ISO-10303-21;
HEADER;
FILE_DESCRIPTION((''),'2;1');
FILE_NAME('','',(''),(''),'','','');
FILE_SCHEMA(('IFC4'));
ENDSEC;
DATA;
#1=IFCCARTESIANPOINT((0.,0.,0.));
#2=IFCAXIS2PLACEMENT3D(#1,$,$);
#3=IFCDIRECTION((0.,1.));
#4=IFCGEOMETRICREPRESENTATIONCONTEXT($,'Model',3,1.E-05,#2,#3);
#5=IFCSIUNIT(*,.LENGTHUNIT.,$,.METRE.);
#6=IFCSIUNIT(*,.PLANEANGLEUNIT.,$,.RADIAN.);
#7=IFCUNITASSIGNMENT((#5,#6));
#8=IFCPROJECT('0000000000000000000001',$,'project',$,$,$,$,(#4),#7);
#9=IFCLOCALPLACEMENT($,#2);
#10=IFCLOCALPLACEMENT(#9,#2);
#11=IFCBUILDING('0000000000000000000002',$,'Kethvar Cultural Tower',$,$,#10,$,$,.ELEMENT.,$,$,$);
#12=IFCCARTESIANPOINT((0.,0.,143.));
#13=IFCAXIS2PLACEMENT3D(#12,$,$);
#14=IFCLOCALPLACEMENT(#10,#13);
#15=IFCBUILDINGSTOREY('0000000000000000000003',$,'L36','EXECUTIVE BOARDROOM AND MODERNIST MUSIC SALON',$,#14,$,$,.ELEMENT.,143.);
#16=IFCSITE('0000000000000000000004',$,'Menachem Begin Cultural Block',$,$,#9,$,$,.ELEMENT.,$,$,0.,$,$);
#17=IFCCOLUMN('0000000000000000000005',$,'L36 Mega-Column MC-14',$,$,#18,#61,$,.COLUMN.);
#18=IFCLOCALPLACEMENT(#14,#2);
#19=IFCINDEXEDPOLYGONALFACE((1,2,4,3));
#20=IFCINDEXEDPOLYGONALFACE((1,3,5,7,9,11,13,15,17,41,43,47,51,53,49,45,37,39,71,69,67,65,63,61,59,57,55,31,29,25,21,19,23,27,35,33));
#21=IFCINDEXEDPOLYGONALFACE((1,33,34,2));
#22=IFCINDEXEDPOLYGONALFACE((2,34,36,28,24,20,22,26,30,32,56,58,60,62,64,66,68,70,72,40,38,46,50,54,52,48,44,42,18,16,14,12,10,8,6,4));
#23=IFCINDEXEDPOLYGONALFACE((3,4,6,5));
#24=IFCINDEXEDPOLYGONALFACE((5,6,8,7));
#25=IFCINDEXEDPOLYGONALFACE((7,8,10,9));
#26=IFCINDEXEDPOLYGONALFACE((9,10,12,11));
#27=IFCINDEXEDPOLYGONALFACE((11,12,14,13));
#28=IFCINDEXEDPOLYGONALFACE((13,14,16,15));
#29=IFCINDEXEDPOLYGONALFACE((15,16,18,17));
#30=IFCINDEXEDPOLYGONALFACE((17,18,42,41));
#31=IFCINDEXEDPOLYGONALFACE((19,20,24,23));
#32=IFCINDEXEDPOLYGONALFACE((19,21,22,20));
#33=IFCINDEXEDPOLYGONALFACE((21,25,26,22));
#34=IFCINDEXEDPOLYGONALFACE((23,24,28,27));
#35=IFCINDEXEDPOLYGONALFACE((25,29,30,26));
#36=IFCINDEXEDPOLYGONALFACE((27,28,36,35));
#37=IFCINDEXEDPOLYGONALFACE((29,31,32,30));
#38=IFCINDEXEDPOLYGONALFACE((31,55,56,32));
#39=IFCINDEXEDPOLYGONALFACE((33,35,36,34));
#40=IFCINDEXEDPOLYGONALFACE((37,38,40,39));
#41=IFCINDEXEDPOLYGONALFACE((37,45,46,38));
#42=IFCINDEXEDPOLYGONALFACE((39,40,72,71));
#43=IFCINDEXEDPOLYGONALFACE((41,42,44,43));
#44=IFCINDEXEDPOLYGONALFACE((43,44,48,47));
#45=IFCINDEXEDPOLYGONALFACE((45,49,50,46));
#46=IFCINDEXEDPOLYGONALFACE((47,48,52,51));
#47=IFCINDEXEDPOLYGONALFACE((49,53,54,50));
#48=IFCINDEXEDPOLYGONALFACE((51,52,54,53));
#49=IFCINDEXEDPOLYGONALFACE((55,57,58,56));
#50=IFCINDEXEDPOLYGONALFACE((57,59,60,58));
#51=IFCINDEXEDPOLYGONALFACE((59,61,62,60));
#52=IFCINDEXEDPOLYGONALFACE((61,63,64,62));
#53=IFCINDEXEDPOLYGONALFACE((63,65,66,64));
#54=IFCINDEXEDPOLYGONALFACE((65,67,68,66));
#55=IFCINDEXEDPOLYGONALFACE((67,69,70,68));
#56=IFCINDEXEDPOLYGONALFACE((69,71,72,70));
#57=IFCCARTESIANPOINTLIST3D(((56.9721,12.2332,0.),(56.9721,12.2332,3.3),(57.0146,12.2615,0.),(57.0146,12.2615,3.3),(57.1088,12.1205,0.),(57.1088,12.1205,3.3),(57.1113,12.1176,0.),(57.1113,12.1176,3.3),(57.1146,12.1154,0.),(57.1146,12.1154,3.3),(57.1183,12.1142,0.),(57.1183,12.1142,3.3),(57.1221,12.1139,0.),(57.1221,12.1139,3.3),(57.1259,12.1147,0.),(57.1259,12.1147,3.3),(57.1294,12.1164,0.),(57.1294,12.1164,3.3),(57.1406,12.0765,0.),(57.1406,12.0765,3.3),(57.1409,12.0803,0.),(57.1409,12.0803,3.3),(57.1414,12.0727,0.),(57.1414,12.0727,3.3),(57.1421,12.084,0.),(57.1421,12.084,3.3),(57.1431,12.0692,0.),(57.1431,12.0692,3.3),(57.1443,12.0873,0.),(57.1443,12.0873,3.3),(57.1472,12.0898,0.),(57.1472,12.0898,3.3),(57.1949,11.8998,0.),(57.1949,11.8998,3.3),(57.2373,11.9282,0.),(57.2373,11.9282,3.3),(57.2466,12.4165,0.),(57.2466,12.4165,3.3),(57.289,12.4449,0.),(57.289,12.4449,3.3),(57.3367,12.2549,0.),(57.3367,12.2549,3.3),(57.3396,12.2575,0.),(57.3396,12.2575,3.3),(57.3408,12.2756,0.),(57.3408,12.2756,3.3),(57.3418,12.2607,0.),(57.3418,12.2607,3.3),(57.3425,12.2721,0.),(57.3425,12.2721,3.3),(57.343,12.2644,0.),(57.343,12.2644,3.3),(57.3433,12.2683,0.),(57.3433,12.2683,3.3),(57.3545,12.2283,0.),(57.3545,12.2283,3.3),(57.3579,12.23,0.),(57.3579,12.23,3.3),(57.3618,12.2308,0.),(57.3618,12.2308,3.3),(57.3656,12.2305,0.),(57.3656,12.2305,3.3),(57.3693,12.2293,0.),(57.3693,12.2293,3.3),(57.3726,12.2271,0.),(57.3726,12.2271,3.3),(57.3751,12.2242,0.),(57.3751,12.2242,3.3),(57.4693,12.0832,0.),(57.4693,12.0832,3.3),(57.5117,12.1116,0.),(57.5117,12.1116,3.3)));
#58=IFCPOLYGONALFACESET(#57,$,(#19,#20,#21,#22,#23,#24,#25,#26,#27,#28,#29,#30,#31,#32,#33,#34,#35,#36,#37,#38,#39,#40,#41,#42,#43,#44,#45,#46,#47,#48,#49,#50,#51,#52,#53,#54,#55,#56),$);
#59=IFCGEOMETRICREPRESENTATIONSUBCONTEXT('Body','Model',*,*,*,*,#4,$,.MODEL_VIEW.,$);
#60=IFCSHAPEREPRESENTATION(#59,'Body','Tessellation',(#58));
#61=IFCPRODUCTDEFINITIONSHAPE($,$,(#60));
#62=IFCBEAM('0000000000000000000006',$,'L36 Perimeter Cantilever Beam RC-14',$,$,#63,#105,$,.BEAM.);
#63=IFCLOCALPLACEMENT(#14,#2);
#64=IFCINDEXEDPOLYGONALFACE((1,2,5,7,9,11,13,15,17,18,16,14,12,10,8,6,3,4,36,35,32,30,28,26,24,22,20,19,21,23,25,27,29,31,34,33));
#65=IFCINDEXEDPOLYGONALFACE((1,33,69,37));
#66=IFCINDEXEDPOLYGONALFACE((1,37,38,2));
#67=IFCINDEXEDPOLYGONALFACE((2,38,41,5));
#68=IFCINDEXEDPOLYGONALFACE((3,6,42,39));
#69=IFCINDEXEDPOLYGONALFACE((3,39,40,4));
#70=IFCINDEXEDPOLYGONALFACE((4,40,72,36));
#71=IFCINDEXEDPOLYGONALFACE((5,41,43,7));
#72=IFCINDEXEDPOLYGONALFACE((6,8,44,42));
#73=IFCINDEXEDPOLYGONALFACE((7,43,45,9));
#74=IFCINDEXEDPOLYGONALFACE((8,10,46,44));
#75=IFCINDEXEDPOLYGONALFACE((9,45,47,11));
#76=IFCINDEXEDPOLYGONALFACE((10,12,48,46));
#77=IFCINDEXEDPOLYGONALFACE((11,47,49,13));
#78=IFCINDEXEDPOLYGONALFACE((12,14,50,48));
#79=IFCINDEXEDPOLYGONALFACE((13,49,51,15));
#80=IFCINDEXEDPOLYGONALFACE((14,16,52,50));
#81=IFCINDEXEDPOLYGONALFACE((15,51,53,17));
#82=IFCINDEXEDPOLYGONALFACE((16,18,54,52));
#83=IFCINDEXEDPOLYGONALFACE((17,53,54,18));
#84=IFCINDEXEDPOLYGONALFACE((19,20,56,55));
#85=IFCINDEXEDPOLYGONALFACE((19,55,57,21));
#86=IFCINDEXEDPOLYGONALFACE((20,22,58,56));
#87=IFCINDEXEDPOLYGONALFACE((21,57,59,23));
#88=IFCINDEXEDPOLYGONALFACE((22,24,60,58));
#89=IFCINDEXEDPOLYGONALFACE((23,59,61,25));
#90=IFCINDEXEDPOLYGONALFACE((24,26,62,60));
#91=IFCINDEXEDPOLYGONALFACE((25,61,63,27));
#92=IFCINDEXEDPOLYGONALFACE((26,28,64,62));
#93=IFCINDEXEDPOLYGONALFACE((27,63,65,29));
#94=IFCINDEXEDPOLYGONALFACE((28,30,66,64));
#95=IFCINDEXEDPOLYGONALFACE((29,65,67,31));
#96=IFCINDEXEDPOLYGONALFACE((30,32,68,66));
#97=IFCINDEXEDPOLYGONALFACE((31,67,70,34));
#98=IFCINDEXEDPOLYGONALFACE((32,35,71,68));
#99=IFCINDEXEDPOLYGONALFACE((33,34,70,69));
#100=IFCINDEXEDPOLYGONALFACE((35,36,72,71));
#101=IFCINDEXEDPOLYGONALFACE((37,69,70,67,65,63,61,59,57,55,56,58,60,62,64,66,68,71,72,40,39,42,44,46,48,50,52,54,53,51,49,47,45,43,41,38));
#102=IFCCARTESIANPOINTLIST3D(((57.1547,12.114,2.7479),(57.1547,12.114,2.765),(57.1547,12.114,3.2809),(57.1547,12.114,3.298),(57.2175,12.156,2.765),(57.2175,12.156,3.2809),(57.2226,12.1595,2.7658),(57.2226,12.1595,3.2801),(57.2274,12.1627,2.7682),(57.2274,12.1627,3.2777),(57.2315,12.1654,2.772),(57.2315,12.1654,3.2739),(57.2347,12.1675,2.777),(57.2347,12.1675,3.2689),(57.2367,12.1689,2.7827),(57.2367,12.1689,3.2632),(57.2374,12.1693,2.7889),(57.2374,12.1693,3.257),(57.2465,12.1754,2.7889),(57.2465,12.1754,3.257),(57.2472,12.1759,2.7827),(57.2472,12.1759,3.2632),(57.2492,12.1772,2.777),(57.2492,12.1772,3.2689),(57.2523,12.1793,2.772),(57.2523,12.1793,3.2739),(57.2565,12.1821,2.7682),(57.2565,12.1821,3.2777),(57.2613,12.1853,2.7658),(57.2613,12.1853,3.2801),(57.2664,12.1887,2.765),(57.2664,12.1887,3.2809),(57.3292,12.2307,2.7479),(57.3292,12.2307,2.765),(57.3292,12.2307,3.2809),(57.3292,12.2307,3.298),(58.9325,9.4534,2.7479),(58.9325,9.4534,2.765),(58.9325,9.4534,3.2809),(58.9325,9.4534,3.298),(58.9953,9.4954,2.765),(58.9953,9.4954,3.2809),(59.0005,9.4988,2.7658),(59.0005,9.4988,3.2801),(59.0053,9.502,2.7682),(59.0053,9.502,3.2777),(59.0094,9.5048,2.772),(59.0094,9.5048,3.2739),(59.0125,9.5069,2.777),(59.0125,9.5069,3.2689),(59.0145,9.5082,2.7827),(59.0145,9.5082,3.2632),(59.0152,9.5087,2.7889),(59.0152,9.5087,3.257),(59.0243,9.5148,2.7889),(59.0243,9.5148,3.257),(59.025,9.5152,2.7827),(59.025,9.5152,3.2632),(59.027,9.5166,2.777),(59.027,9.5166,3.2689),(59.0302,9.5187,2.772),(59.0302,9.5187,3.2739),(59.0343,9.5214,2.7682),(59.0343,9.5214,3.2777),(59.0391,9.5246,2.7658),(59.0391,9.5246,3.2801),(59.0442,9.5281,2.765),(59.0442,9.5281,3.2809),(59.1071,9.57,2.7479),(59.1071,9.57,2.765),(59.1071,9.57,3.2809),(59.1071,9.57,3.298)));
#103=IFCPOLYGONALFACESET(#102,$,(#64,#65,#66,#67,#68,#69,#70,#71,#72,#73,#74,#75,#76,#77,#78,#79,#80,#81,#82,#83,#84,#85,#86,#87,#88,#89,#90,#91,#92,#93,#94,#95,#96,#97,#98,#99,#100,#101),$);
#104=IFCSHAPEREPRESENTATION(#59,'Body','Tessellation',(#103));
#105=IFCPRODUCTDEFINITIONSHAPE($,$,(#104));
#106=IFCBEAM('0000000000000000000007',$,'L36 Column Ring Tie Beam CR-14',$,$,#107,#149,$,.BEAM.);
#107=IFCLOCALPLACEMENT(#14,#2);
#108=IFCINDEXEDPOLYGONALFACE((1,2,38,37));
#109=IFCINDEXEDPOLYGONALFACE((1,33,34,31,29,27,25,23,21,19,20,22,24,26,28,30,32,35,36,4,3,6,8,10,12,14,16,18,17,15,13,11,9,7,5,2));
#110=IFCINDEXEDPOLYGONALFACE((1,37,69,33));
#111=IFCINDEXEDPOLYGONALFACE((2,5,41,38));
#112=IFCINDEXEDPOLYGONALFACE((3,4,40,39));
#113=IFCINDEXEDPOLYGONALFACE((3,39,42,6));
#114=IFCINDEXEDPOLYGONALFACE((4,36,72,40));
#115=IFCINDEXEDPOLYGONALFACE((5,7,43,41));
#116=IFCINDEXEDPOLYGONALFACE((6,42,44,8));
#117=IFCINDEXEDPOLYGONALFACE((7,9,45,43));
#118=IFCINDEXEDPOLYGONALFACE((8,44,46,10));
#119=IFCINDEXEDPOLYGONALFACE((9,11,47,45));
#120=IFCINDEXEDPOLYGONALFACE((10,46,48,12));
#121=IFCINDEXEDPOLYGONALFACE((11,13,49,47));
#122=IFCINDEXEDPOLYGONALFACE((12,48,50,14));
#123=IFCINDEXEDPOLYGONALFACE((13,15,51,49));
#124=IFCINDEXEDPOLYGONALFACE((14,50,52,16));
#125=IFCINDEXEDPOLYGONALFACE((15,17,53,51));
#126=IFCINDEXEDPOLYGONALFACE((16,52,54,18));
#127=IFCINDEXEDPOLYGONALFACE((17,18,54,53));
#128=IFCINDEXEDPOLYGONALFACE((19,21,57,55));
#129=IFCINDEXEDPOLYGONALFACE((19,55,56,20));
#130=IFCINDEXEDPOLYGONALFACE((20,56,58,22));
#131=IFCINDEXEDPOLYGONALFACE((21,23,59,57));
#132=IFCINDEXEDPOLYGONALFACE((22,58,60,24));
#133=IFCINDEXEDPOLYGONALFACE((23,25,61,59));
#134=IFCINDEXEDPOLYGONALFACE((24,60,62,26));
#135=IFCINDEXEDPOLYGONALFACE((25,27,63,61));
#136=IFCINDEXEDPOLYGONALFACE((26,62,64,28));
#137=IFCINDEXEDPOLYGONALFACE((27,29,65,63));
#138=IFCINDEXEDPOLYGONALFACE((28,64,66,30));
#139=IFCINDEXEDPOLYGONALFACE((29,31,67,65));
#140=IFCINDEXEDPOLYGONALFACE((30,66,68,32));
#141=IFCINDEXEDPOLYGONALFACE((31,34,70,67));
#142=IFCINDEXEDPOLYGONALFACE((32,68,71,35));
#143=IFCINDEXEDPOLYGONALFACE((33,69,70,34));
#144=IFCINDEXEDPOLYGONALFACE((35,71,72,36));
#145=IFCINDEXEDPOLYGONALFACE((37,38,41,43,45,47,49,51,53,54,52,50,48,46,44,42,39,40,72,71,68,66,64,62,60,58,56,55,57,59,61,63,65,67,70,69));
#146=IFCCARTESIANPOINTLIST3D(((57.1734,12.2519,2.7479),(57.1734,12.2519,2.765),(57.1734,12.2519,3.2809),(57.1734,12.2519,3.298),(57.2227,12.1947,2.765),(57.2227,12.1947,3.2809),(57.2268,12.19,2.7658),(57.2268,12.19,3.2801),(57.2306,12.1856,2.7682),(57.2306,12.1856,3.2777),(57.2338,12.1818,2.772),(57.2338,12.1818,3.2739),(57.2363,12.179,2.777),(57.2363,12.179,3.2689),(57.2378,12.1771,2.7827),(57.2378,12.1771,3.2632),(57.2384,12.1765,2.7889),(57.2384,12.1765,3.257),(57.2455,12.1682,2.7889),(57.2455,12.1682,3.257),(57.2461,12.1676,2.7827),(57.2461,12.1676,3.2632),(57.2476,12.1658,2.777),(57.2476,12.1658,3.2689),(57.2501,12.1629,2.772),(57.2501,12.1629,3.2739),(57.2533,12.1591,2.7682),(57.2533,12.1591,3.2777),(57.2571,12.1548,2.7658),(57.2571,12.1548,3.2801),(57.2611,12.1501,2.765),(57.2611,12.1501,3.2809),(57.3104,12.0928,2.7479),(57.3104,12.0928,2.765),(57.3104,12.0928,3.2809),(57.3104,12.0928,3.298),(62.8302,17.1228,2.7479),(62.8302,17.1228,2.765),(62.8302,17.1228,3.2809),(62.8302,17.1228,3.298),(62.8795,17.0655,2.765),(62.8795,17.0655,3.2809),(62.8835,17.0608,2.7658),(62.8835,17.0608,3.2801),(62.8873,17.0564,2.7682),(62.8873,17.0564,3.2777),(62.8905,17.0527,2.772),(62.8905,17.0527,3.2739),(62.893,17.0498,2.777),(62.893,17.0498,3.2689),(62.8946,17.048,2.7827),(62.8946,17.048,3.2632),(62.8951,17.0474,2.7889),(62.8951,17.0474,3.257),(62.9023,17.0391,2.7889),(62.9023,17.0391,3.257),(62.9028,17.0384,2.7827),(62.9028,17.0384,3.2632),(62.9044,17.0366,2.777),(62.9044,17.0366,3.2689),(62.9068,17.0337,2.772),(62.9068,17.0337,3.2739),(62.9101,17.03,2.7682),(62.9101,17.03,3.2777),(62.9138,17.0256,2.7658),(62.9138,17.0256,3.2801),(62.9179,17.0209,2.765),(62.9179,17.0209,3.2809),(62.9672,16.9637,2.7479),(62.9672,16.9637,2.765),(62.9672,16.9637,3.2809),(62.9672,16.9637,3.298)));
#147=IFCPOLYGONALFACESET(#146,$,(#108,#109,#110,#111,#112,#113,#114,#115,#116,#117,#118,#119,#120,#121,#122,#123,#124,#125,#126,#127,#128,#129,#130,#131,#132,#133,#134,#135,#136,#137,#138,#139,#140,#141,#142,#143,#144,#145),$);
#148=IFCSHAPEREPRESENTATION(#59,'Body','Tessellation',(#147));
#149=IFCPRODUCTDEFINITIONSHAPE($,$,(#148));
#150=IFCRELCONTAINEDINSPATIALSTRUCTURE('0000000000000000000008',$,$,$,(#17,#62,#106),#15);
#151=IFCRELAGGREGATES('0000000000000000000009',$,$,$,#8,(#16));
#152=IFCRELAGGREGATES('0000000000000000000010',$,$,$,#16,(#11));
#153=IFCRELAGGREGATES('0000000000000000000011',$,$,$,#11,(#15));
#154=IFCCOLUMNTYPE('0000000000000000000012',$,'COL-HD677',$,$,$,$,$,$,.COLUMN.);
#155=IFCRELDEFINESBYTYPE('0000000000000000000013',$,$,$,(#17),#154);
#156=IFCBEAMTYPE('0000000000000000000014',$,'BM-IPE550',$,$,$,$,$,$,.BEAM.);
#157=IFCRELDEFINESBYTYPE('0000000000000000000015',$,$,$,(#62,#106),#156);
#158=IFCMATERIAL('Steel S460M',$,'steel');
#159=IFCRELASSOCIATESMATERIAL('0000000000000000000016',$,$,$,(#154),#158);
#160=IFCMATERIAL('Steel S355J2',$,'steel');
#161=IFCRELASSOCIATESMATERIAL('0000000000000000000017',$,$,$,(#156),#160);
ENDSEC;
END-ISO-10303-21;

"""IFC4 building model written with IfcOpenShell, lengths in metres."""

from ifc_helpers import new_model, si_unit, direction, frame, origin, origin_2d, place, context, subcontext, project, spatial, i_section, extrude, source, transform, mapped, material, material_profile, profile_set, type_object, element, save


model = new_model("IFC4")

# Units and contexts
model_context = context("Model", 3, precision=1e-05, world=origin(), true_north=direction((0.0, 1.0)))
body_context = subcontext(model_context, "Body", "Model", "MODEL_VIEW")
ifc_project = project(units=[si_unit("LENGTHUNIT", "METRE"), si_unit("PLANEANGLEUNIT", "RADIAN")], contexts=[model_context])

# Site, building, storey
site_placement = place(None, origin())
site = spatial("IfcSite", under=ifc_project, at=site_placement, Name="Menachem Begin Cultural Block", CompositionType="ELEMENT", RefElevation=0.0)
building_placement = place(site_placement, origin())
building = spatial("IfcBuilding", under=site, at=building_placement, Name="Kethvar Cultural Tower", CompositionType="ELEMENT")
storey_placement = place(building_placement, frame((0.0, 0.0, 143.0)))
storey = spatial("IfcBuildingStorey", under=building, at=storey_placement, Name="L36", Description="EXECUTIVE BOARDROOM AND MODERNIST MUSIC SALON", CompositionType="ELEMENT", Elevation=143.0)

# Column
ifc_material_1 = material(Name="Steel S460M", Category="steel")
ifc_material_profile_1 = material_profile(ifc_material_1, i_section(OverallWidth=0.4009, OverallDepth=0.3811, WebThickness=0.032, FlangeThickness=0.051, FilletRadius=0.0149, at=origin_2d()), Name="Steel S460M — HD400x677")
ifc_profile_set_1 = profile_set([ifc_material_profile_1], Name="Steel S460M — HD400x677")
column_type = type_object("IfcColumnType", Name="COL-HD677", PredefinedType="COLUMN", material=ifc_profile_set_1)
shared_shape_1 = source(origin(), body_context, "Body", "SweptSolid", [
    extrude(i_section(OverallWidth=0.4009, OverallDepth=0.3811, WebThickness=0.032, FlangeThickness=0.051, FilletRadius=0.0149, at=origin_2d()), origin(), (0.0, 0.0, 1.0), 3.3),
])
column_placement = place(storey_placement, frame((57.2419, 12.1724, 0.0), z_axis=(0.0, 0.0, 1.0), x_axis=(0.55557, -0.83147, 0.0)))
element("IfcColumn", 1, at=column_placement, inside=storey, type_object=column_type, Name="L36 Mega-Column MC-14", PredefinedType="COLUMN", context=body_context, shape_type="MappedRepresentation", body=[
    mapped(shared_shape_1, transform((0.0, 0.0, 0.0), scale=1.0)),
])

# Beams
ifc_material_2 = material(Name="Steel S355J2", Category="steel")
ifc_material_profile_2 = material_profile(ifc_material_2, i_section(OverallWidth=0.21, OverallDepth=0.55, WebThickness=0.011, FlangeThickness=0.0171, FilletRadius=0.0239, at=origin_2d()), Name="Steel S355J2 — IPE550")
ifc_profile_set_2 = profile_set([ifc_material_profile_2], Name="Steel S355J2 — IPE550")
beam_type_1 = type_object("IfcBeamType", Name="BM-IPE550", PredefinedType="BEAM", material=ifc_profile_set_2)
shared_shape_2 = source(origin(), body_context, "Body", "SweptSolid", [
    extrude(i_section(OverallWidth=0.21, OverallDepth=0.55, WebThickness=0.011, FlangeThickness=0.0171, FilletRadius=0.0239, at=origin_2d()), origin(), (0.0, 0.0, 1.0), 3.2),
])
beam_1_placement = place(storey_placement, frame((57.2419, 12.1724, 3.0229), z_axis=(0.55558, -0.831463, 0.0), x_axis=(0.831463, 0.55558, 0.0)))
element("IfcBeam", 2, at=beam_1_placement, inside=storey, type_object=beam_type_1, Name="L36 Perimeter Cantilever Beam RC-14", PredefinedType="BEAM", context=body_context, shape_type="MappedRepresentation", body=[
    mapped(shared_shape_2, transform((0.0, 0.0, 0.0), scale=1.0)),
])
shared_shape_3 = source(origin(), body_context, "Body", "SweptSolid", [
    extrude(i_section(OverallWidth=0.21, OverallDepth=0.55, WebThickness=0.011, FlangeThickness=0.0171, FilletRadius=0.0239, at=origin_2d()), origin(), (0.0, 0.0, 1.0), 7.4648),
])
beam_2_placement = place(storey_placement, frame((57.2419, 12.1724, 3.0229), z_axis=(0.757784, 0.652505, 0.0), x_axis=(-0.652505, 0.757784, 0.0)))
element("IfcBeam", 3, at=beam_2_placement, inside=storey, type_object=beam_type_1, Name="L36 Column Ring Tie Beam CR-14", PredefinedType="BEAM", context=body_context, shape_type="MappedRepresentation", body=[
    mapped(shared_shape_3, transform((0.0, 0.0, 0.0), scale=1.0)),
])

save(model, "model.ifc")
